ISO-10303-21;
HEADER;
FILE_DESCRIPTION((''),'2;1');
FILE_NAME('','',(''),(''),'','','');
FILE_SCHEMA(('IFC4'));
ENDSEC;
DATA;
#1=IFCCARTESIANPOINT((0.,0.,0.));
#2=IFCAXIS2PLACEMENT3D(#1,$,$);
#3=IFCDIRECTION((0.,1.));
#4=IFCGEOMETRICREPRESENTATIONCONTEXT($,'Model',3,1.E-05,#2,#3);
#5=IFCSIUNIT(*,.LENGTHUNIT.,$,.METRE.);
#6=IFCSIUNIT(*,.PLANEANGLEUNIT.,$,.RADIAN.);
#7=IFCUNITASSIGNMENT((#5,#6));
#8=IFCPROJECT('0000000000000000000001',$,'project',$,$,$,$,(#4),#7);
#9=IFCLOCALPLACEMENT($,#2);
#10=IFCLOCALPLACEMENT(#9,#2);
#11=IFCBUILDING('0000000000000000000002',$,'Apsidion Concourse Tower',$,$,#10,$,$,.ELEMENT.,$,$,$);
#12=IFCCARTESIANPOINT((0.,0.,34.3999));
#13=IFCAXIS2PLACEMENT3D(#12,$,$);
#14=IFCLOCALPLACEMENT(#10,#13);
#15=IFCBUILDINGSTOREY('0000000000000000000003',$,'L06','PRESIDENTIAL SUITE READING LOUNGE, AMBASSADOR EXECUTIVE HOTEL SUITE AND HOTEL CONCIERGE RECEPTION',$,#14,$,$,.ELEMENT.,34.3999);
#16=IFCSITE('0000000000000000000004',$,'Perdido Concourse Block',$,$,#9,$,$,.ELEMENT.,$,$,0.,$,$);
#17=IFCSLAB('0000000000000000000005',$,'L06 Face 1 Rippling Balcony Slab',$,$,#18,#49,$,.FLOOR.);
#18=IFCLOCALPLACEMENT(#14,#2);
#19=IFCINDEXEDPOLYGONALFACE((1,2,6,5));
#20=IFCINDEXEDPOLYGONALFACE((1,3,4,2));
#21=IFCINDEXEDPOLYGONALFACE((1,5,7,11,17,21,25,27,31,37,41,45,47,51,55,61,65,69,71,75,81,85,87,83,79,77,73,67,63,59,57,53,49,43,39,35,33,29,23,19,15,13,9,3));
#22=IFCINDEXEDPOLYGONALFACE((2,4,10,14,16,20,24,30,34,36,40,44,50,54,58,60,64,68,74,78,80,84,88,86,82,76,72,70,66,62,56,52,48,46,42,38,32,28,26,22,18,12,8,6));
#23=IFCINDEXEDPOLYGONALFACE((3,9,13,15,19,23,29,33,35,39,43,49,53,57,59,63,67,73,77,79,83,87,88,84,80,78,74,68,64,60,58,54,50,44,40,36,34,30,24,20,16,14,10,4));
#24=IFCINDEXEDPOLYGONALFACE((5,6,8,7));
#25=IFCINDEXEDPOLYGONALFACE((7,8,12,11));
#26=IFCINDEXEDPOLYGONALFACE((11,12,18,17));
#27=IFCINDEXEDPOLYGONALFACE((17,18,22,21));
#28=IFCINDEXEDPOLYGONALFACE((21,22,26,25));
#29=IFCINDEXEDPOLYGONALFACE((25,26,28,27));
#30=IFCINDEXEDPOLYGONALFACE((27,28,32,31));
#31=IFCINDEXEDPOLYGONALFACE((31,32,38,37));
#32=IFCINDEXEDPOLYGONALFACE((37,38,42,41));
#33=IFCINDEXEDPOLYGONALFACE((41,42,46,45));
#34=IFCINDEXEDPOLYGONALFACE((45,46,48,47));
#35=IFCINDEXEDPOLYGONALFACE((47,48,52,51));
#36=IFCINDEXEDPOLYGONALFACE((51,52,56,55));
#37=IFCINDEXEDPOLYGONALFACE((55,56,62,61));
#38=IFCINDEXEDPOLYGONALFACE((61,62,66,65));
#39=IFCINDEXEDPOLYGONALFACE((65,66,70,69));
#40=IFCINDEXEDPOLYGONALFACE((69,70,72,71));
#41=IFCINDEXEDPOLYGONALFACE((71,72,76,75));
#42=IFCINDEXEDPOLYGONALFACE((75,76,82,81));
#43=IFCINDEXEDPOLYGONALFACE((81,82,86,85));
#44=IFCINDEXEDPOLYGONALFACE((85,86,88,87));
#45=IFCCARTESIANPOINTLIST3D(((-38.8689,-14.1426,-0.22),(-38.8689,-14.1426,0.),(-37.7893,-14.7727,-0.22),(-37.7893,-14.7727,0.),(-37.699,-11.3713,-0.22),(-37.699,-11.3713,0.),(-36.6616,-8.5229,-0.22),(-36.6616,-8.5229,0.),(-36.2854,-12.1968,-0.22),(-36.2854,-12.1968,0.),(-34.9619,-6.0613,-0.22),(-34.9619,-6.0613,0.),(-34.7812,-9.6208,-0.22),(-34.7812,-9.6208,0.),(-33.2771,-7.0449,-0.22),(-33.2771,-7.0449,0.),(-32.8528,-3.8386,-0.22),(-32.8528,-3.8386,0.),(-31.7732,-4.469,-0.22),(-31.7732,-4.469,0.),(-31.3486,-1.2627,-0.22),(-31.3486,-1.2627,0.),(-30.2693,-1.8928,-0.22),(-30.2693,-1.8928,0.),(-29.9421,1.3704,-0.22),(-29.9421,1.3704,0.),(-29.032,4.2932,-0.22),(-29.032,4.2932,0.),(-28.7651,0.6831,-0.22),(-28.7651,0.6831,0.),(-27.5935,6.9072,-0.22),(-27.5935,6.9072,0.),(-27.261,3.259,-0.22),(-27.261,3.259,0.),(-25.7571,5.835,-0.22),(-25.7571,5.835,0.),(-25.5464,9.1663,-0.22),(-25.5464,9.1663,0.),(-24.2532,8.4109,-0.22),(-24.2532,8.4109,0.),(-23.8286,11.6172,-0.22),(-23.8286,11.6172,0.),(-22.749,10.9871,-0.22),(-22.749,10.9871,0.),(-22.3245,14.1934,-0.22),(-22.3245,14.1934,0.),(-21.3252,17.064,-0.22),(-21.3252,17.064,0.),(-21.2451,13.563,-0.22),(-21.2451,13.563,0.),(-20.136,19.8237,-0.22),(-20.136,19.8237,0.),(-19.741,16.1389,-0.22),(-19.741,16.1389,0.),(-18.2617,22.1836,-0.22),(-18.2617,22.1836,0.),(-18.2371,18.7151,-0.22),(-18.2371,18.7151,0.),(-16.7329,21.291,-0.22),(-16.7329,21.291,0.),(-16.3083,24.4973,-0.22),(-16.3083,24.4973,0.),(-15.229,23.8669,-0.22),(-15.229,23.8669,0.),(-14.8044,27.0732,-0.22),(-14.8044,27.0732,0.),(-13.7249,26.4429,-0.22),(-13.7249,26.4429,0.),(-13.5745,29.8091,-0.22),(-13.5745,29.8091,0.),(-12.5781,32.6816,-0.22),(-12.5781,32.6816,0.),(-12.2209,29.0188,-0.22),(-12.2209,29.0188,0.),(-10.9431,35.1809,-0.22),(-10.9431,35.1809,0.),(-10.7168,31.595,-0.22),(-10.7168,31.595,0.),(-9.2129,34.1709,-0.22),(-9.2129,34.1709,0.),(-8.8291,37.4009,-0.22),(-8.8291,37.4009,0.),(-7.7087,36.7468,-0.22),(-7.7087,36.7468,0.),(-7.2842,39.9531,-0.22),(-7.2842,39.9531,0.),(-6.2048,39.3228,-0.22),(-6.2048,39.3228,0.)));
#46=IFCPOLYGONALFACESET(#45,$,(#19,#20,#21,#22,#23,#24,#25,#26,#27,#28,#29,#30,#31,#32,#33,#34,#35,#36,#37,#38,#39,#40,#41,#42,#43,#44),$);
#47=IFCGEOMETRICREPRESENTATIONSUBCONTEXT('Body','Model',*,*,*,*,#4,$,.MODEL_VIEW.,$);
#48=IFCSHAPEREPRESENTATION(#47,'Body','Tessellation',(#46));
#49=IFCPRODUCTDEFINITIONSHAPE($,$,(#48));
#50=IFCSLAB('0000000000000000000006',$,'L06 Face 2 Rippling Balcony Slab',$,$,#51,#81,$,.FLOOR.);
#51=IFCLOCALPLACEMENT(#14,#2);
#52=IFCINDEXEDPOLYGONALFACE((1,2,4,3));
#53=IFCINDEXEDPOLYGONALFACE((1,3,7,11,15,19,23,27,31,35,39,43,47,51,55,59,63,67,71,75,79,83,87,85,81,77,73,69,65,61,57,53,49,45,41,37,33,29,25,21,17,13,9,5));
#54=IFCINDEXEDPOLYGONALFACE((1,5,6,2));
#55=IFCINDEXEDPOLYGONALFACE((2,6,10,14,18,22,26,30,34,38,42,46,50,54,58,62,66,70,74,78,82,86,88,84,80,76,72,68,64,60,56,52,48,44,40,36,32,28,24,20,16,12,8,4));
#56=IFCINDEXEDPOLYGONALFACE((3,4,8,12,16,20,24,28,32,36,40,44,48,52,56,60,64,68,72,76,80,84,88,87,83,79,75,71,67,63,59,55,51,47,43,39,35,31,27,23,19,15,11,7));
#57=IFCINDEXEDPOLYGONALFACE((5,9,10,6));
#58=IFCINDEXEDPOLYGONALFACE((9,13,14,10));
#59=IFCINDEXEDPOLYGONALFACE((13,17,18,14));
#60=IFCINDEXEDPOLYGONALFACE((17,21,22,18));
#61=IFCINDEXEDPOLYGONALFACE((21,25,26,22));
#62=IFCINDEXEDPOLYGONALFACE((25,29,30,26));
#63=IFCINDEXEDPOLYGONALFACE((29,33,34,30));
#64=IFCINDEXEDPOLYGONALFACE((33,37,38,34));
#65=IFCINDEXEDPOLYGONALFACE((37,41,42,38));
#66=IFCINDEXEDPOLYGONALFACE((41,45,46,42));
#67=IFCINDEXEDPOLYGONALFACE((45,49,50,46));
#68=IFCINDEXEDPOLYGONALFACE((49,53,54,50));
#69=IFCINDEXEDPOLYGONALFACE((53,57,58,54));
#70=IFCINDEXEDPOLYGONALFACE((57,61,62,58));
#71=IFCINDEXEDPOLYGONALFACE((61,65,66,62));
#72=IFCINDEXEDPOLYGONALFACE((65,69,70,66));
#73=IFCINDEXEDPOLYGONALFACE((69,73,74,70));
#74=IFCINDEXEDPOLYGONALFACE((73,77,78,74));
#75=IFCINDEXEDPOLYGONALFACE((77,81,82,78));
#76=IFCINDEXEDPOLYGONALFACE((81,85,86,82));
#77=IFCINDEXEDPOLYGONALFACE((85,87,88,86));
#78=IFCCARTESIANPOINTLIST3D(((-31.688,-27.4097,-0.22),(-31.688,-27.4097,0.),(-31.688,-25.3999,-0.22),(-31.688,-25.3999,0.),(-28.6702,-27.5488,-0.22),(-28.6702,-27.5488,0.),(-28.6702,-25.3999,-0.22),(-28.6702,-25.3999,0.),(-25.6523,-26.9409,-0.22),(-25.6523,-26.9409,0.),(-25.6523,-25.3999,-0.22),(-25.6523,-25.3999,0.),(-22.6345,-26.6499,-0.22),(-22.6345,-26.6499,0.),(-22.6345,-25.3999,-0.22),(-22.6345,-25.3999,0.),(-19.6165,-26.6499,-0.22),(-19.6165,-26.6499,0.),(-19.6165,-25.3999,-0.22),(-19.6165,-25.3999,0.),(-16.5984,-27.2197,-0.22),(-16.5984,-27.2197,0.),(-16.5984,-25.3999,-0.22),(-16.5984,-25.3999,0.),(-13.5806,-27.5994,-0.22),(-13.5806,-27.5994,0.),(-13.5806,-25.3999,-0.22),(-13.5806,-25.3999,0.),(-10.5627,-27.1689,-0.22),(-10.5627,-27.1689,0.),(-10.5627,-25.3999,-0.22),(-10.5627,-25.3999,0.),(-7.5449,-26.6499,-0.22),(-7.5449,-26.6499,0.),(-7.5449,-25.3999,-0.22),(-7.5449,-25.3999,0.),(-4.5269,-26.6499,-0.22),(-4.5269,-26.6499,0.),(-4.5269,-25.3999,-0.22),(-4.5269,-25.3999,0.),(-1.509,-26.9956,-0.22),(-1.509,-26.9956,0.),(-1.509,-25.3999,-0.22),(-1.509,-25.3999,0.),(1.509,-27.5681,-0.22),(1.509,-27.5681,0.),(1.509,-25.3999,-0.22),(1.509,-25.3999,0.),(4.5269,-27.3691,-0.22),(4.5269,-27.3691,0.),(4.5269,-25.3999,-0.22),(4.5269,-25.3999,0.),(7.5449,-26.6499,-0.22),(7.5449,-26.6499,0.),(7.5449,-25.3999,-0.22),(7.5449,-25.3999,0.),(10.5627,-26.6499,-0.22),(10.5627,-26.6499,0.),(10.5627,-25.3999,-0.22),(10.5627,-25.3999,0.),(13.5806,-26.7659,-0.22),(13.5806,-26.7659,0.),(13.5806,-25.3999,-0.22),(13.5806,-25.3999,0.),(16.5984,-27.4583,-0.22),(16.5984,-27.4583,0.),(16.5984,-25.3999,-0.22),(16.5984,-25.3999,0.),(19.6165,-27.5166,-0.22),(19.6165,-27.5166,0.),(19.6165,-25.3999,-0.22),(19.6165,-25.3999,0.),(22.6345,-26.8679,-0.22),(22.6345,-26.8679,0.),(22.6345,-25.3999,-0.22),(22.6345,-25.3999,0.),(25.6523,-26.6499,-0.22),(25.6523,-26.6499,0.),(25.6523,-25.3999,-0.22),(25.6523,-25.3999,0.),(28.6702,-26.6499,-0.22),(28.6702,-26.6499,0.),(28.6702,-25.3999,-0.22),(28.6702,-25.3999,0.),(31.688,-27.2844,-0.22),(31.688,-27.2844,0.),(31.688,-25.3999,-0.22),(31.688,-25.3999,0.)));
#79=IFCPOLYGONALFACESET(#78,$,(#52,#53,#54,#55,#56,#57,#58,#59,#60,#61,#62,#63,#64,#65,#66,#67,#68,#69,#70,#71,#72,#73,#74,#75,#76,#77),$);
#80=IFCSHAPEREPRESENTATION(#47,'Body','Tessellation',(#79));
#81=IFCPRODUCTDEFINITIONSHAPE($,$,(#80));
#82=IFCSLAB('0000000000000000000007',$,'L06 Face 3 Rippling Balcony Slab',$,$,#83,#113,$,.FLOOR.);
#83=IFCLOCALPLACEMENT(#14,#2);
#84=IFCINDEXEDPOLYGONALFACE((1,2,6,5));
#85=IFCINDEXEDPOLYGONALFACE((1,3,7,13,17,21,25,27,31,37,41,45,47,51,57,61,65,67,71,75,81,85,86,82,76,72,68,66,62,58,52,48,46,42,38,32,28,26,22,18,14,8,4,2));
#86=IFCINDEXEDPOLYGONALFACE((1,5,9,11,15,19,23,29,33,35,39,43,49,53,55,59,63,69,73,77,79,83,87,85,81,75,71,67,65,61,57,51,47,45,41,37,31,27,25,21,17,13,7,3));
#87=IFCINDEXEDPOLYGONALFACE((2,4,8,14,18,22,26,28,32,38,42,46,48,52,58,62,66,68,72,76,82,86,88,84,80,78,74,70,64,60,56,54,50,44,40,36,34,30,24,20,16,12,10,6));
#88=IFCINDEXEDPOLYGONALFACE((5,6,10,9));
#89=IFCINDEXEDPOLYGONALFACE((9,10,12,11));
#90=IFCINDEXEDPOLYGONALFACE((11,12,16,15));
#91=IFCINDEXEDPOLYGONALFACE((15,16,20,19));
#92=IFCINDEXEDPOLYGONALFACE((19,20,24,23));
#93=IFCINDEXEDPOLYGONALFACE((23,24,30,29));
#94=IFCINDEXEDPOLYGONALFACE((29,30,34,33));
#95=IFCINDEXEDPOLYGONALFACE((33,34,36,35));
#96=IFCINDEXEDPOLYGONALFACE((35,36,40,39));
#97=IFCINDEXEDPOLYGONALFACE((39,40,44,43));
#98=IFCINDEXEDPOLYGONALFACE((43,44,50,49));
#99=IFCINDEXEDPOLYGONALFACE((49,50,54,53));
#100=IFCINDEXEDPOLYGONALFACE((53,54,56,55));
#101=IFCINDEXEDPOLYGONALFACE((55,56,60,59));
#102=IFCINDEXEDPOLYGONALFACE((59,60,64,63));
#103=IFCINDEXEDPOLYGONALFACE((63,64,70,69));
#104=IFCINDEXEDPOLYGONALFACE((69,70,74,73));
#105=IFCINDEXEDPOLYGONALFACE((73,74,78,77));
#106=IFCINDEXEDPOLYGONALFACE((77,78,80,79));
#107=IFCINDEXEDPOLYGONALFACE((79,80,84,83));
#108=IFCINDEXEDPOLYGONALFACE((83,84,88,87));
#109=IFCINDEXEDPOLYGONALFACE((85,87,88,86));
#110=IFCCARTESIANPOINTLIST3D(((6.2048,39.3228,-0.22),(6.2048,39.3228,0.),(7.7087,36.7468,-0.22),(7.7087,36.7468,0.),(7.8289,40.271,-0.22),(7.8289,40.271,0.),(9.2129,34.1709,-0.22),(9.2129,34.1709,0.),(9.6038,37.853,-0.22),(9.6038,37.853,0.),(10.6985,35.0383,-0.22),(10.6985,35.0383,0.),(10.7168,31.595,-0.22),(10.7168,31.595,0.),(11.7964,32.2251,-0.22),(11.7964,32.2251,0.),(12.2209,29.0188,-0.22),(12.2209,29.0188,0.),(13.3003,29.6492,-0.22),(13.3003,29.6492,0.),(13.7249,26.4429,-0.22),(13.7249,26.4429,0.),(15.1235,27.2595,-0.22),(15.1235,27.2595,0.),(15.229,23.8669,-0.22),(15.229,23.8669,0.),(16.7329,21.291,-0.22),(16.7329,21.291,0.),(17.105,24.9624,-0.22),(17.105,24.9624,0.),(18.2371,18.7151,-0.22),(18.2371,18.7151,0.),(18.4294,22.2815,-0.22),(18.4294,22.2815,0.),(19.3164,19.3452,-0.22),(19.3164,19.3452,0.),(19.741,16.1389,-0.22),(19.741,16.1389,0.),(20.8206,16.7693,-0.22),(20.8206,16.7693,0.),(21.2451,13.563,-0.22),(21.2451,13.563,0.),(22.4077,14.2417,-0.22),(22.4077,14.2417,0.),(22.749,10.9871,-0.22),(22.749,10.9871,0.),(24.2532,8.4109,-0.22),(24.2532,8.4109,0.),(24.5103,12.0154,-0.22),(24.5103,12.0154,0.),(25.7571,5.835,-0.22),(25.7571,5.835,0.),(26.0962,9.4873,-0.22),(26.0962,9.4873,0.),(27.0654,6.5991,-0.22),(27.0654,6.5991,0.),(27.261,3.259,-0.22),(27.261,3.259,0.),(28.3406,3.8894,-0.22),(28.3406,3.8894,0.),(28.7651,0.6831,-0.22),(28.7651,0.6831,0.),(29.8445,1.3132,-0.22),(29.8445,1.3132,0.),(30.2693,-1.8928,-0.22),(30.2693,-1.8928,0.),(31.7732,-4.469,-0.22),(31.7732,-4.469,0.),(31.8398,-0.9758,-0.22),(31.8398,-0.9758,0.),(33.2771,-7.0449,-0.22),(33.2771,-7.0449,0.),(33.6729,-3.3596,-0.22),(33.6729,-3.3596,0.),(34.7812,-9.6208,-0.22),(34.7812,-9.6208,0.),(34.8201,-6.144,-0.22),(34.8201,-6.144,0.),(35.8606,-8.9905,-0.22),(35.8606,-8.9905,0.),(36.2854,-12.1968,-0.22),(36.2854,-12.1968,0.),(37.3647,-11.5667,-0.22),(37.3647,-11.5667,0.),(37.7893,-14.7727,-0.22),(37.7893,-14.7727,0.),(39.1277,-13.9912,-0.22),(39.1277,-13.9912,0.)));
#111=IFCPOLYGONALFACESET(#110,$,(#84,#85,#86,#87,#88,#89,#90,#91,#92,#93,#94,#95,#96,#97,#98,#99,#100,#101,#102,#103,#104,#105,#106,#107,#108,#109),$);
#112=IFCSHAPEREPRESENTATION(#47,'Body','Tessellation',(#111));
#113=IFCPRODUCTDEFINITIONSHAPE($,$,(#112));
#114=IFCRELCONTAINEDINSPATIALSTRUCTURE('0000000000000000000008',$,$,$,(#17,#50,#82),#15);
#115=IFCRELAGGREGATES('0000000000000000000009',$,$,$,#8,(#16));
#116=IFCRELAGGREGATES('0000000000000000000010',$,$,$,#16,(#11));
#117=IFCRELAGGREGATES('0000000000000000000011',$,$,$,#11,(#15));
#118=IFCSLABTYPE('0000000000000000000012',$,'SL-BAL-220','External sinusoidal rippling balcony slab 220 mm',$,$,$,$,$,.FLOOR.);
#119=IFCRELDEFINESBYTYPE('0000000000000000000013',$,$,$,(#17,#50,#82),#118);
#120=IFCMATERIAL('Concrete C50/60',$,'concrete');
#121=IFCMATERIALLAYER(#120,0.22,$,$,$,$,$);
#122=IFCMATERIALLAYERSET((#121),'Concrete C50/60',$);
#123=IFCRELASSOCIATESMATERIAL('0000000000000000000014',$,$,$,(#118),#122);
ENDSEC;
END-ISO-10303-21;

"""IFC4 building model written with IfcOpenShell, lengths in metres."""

from ifc_helpers import new_model, si_unit, direction, frame, origin, place, context, subcontext, project, spatial, polyline, outline, extrude, material, layer, layer_set, type_object, element, save


model = new_model("IFC4")

# Units and contexts
model_context = context("Model", 3, precision=1e-05, world=origin(), true_north=direction((0.0, 1.0)))
body_context = subcontext(model_context, "Body", "Model", "MODEL_VIEW")
ifc_project = project(units=[si_unit("LENGTHUNIT", "METRE"), si_unit("PLANEANGLEUNIT", "RADIAN")], contexts=[model_context])

# Site, building, storey
site_placement = place(None, origin())
site = spatial("IfcSite", under=ifc_project, at=site_placement, Name="Perdido Concourse Block", CompositionType="ELEMENT", RefElevation=0.0)
building_placement = place(site_placement, origin())
building = spatial("IfcBuilding", under=site, at=building_placement, Name="Apsidion Concourse Tower", CompositionType="ELEMENT")
storey_placement = place(building_placement, frame((0.0, 0.0, 34.3999)))
storey = spatial("IfcBuildingStorey", under=building, at=storey_placement, Name="L06", Description="PRESIDENTIAL SUITE READING LOUNGE, AMBASSADOR EXECUTIVE HOTEL SUITE AND HOTEL CONCIERGE RECEPTION", CompositionType="ELEMENT", Elevation=34.3999)

# Slabs
ifc_material_1 = material(Name="Concrete C50/60", Category="concrete")
ifc_layer_1 = layer(ifc_material_1, 0.22)
ifc_layer_set_1 = layer_set([ifc_layer_1], Name="Concrete C50/60")
slab_type_1 = type_object("IfcSlabType", Name="SL-BAL-220", Description="External sinusoidal rippling balcony slab 220 mm", PredefinedType="FLOOR", material=ifc_layer_set_1)
slab_1_placement = place(storey_placement, frame((0.0, 0.0, -0.22)))
element("IfcSlab", 1, at=slab_1_placement, inside=storey, type_object=slab_type_1, Name="L06 Face 1 Rippling Balcony Slab", PredefinedType="FLOOR", context=body_context, shape_type="SweptSolid", body=[
    extrude(outline(polyline([(-6.2048, 39.3228), (-7.7087, 36.7468), (-9.2129, 34.1709), (-10.7168, 31.595), (-12.2209, 29.0188), (-13.7249, 26.4429), (-15.229, 23.8669), (-16.7329, 21.291), (-18.2371, 18.7151), (-19.741, 16.1389), (-21.2451, 13.563), (-22.749, 10.9871), (-24.2532, 8.4109), (-25.7571, 5.835), (-27.261, 3.259), (-28.7651, 0.6831), (-30.2693, -1.8928), (-31.7732, -4.469), (-33.2771, -7.0449), (-34.7812, -9.6208), (-36.2854, -12.1968), (-37.7893, -14.7727), (-38.8689, -14.1426), (-37.699, -11.3713), (-36.6616, -8.5229), (-34.9619, -6.0613), (-32.8528, -3.8386), (-31.3486, -1.2627), (-29.9421, 1.3704), (-29.032, 4.2932), (-27.5935, 6.9072), (-25.5464, 9.1663), (-23.8286, 11.6172), (-22.3245, 14.1934), (-21.3252, 17.064), (-20.136, 19.8237), (-18.2617, 22.1836), (-16.3083, 24.4973), (-14.8044, 27.0732), (-13.5745, 29.8091), (-12.5781, 32.6816), (-10.9431, 35.1809), (-8.8291, 37.4009), (-7.2842, 39.9531), (-6.2048, 39.3228)])), origin(), (0.0, 0.0, 1.0), 0.22),
])
slab_2_placement = place(storey_placement, frame((0.0, 0.0, -0.22)))
element("IfcSlab", 2, at=slab_2_placement, inside=storey, type_object=slab_type_1, Name="L06 Face 2 Rippling Balcony Slab", PredefinedType="FLOOR", context=body_context, shape_type="SweptSolid", body=[
    extrude(outline(polyline([(-31.688, -25.3999), (-28.6702, -25.3999), (-25.6523, -25.3999), (-22.6345, -25.3999), (-19.6165, -25.3999), (-16.5984, -25.3999), (-13.5806, -25.3999), (-10.5627, -25.3999), (-7.5449, -25.3999), (-4.5269, -25.3999), (-1.509, -25.3999), (1.509, -25.3999), (4.5269, -25.3999), (7.5449, -25.3999), (10.5627, -25.3999), (13.5806, -25.3999), (16.5984, -25.3999), (19.6165, -25.3999), (22.6345, -25.3999), (25.6523, -25.3999), (28.6702, -25.3999), (31.688, -25.3999), (31.688, -27.2844), (28.6702, -26.6499), (25.6523, -26.6499), (22.6345, -26.8679), (19.6165, -27.5166), (16.5984, -27.4583), (13.5806, -26.7659), (10.5627, -26.6499), (7.5449, -26.6499), (4.5269, -27.3691), (1.509, -27.5681), (-1.509, -26.9956), (-4.5269, -26.6499), (-7.5449, -26.6499), (-10.5627, -27.1689), (-13.5806, -27.5994), (-16.5984, -27.2197), (-19.6165, -26.6499), (-22.6345, -26.6499), (-25.6523, -26.9409), (-28.6702, -27.5488), (-31.688, -27.4097), (-31.688, -25.3999)])), origin(), (0.0, 0.0, 1.0), 0.22),
])
slab_3_placement = place(storey_placement, frame((0.0, 0.0, -0.22)))
element("IfcSlab", 3, at=slab_3_placement, inside=storey, type_object=slab_type_1, Name="L06 Face 3 Rippling Balcony Slab", PredefinedType="FLOOR", context=body_context, shape_type="SweptSolid", body=[
    extrude(outline(polyline([(37.7893, -14.7727), (36.2854, -12.1968), (34.7812, -9.6208), (33.2771, -7.0449), (31.7732, -4.469), (30.2693, -1.8928), (28.7651, 0.6831), (27.261, 3.259), (25.7571, 5.835), (24.2532, 8.4109), (22.749, 10.9871), (21.2451, 13.563), (19.741, 16.1389), (18.2371, 18.7151), (16.7329, 21.291), (15.229, 23.8669), (13.7249, 26.4429), (12.2209, 29.0188), (10.7168, 31.595), (9.2129, 34.1709), (7.7087, 36.7468), (6.2048, 39.3228), (7.8289, 40.271), (9.6038, 37.853), (10.6985, 35.0383), (11.7964, 32.2251), (13.3003, 29.6492), (15.1235, 27.2595), (17.105, 24.9624), (18.4294, 22.2815), (19.3164, 19.3452), (20.8206, 16.7693), (22.4077, 14.2417), (24.5103, 12.0154), (26.0962, 9.4873), (27.0654, 6.5991), (28.3406, 3.8894), (29.8445, 1.3132), (31.8398, -0.9758), (33.6729, -3.3596), (34.8201, -6.144), (35.8606, -8.9905), (37.3647, -11.5667), (39.1277, -13.9912), (37.7893, -14.7727)])), origin(), (0.0, 0.0, 1.0), 0.22),
])

save(model, "model.ifc")
